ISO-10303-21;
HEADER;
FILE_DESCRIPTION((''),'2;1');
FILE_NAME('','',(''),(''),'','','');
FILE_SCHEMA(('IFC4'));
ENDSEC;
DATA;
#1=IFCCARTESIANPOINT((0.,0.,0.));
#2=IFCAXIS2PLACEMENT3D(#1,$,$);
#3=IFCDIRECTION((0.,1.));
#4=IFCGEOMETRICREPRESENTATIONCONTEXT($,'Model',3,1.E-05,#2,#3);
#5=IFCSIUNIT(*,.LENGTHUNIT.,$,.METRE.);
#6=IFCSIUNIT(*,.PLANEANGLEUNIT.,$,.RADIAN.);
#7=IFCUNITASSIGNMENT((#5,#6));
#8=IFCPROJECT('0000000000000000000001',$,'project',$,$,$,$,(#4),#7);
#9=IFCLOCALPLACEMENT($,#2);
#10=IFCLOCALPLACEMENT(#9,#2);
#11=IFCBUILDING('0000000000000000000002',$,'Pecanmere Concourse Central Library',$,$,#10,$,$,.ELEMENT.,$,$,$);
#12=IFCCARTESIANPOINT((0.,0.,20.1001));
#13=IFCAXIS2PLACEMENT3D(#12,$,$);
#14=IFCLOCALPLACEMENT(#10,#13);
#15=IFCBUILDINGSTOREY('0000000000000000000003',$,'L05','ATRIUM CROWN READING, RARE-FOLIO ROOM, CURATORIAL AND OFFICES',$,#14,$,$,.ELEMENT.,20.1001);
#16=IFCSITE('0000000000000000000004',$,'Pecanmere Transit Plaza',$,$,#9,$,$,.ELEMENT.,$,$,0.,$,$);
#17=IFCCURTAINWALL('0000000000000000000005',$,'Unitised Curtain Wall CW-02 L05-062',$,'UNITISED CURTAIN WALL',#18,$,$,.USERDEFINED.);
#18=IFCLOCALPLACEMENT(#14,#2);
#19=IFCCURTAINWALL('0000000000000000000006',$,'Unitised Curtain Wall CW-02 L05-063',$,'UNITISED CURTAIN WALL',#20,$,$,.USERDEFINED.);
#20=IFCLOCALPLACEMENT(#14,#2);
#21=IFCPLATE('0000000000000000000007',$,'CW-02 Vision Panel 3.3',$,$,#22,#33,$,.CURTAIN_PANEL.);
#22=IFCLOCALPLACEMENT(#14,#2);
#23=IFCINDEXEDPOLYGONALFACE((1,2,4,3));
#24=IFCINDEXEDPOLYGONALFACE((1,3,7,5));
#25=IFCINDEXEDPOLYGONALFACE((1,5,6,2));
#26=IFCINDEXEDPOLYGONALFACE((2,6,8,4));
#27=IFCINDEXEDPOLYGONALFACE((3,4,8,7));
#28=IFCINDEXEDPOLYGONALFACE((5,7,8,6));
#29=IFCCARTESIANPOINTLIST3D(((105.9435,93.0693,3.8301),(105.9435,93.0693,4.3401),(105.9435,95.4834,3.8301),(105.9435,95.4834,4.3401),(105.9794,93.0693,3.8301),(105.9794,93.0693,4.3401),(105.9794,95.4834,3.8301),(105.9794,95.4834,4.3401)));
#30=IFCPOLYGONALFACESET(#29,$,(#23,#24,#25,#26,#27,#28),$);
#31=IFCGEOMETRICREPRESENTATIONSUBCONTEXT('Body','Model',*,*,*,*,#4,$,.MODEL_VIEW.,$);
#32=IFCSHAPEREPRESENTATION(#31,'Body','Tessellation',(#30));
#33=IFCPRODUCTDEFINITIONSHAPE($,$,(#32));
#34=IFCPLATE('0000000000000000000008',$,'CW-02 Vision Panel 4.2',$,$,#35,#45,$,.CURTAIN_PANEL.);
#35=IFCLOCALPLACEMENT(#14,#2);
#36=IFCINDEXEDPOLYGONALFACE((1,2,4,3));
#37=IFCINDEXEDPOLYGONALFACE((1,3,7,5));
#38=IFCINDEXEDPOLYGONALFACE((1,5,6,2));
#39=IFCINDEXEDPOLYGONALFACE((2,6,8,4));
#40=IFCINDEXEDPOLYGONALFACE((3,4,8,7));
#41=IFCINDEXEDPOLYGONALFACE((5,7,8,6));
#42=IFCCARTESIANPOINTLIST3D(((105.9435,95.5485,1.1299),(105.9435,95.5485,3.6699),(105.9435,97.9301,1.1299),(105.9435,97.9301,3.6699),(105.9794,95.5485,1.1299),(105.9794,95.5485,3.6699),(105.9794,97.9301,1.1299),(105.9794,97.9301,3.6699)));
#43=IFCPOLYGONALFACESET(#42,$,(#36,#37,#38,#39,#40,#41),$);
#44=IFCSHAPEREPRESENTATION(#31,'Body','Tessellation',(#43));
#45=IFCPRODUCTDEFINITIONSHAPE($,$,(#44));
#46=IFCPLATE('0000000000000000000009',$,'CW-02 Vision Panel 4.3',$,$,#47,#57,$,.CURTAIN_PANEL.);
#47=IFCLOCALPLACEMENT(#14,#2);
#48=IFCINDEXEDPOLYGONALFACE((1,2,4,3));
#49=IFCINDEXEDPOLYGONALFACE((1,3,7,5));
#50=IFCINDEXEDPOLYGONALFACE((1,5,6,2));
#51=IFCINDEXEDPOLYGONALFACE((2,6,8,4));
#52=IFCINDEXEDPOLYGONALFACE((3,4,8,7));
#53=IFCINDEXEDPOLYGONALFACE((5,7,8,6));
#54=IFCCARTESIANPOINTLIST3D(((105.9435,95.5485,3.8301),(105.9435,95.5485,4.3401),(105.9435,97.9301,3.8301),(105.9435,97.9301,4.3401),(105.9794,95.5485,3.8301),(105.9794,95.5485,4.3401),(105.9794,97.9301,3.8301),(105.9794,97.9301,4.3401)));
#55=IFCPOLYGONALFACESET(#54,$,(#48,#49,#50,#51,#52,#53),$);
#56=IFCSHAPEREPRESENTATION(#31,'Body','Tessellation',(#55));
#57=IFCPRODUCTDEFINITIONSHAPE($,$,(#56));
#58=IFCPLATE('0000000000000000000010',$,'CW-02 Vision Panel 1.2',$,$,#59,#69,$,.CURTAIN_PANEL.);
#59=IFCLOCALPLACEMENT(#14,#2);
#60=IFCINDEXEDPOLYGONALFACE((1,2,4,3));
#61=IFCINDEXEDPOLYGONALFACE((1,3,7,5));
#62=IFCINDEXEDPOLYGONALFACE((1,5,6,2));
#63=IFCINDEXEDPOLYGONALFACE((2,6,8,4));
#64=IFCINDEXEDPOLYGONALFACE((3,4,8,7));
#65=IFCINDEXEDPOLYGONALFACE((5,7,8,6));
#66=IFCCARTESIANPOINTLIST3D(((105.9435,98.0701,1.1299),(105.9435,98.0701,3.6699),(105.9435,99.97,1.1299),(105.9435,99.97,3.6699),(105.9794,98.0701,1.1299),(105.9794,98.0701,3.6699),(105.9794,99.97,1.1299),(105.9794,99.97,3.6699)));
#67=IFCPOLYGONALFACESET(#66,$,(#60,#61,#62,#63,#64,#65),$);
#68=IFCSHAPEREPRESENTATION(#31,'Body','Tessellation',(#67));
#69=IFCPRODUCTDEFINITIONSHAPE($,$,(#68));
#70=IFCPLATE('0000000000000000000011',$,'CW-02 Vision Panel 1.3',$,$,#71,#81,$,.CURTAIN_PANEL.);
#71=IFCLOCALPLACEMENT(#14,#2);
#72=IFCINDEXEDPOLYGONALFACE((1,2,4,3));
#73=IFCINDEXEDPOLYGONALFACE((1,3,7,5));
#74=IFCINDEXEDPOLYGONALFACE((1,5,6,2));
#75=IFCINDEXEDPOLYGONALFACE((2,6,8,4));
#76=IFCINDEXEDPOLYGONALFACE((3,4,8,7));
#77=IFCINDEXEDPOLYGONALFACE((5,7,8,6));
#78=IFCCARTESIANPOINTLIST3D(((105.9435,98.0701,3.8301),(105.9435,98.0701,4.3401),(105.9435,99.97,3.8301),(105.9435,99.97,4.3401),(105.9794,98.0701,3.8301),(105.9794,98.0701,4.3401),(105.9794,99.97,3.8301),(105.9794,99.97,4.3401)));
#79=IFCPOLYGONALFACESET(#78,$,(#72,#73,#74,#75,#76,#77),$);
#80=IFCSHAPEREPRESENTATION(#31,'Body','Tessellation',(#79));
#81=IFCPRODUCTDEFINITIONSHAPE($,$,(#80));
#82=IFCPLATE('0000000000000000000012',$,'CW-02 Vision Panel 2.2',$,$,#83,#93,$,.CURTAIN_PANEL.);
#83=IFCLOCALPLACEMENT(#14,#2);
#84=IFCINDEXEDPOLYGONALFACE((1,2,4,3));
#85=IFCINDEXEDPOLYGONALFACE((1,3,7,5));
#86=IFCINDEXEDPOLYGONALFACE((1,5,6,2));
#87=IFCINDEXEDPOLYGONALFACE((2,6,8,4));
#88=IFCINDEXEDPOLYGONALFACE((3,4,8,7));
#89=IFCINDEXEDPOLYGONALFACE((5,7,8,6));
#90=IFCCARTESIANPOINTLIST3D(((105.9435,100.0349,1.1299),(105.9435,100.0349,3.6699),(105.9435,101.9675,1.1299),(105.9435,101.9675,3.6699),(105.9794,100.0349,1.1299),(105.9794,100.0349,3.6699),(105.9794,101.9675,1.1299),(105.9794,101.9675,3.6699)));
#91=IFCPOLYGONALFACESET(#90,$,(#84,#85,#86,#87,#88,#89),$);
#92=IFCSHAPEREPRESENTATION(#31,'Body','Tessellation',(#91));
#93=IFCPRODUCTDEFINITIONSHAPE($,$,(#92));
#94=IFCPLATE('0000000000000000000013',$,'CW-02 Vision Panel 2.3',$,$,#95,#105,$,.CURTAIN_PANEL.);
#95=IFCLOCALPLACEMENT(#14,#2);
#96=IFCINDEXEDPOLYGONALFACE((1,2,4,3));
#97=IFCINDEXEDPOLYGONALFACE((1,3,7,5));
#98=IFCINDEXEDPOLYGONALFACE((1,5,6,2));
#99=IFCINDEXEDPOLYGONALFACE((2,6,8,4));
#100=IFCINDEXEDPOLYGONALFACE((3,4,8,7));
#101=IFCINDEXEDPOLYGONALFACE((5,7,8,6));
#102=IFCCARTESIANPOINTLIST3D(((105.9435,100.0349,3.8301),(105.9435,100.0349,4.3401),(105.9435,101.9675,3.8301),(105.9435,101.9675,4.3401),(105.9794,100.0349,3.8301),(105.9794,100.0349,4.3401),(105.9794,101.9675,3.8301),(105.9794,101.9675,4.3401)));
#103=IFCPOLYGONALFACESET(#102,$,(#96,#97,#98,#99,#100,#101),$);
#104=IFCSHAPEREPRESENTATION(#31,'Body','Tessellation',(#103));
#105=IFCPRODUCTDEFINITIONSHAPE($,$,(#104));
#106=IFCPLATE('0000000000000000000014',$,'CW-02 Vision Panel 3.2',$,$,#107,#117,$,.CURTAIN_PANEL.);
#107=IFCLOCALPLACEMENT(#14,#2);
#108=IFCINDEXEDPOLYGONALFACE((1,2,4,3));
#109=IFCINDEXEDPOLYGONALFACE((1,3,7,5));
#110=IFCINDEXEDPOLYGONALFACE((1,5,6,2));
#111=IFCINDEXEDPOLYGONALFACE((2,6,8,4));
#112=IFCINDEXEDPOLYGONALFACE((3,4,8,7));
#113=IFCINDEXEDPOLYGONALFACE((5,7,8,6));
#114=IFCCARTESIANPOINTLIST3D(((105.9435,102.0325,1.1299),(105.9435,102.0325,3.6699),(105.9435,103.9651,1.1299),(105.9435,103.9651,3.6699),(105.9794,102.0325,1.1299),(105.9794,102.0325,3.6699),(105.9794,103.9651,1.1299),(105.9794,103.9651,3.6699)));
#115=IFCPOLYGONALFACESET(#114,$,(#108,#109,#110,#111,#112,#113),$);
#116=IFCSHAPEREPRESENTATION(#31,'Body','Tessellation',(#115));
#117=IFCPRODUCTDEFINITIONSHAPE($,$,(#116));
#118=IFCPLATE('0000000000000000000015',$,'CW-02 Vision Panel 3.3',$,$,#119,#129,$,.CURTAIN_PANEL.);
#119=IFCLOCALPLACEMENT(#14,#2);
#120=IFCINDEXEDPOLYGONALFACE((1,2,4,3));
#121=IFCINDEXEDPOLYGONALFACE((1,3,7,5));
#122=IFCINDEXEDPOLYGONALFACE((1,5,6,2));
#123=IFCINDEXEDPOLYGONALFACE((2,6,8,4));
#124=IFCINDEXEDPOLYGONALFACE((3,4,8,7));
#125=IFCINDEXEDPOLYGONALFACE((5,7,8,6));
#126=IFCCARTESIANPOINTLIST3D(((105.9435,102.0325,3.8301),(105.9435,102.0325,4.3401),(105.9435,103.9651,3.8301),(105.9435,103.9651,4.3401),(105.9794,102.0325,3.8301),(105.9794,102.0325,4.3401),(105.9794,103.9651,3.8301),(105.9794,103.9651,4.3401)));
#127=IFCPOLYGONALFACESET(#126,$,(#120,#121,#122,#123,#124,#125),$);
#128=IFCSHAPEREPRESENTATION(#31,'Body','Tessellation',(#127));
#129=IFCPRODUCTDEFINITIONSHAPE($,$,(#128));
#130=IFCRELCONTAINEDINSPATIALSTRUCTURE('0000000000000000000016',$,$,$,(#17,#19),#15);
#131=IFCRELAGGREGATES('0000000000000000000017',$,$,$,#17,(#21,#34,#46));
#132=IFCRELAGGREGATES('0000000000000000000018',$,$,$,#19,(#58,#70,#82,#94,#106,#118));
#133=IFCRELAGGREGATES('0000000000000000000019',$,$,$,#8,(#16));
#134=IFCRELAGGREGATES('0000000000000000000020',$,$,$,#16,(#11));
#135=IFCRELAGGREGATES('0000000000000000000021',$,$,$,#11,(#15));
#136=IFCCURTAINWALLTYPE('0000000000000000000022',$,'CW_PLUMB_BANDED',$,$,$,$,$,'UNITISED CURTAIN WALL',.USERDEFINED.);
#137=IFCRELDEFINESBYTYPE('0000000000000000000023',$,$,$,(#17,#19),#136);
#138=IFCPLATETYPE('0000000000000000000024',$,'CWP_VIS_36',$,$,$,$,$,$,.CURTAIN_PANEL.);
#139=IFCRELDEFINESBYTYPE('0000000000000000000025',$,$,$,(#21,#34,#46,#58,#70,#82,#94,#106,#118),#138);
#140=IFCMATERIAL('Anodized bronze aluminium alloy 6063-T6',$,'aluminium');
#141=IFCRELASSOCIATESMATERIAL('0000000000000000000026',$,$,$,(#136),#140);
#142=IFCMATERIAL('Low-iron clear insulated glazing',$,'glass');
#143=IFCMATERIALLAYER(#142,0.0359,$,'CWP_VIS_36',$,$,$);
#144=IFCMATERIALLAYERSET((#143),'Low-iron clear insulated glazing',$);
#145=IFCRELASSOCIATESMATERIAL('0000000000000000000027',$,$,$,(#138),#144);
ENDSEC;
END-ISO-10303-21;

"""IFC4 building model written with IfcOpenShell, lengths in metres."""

from ifc_helpers import new_model, si_unit, direction, frame, origin, origin_2d, place, context, subcontext, project, spatial, rectangle, extrude, material, layer, layer_set, type_object, element, aggregate, save


model = new_model("IFC4")

# Units and contexts
model_context = context("Model", 3, precision=1e-05, world=origin(), true_north=direction((0.0, 1.0)))
body_context = subcontext(model_context, "Body", "Model", "MODEL_VIEW")
ifc_project = project(units=[si_unit("LENGTHUNIT", "METRE"), si_unit("PLANEANGLEUNIT", "RADIAN")], contexts=[model_context])

# Site, building, storey
site_placement = place(None, origin())
site = spatial("IfcSite", under=ifc_project, at=site_placement, Name="Pecanmere Transit Plaza", CompositionType="ELEMENT", RefElevation=0.0)
building_placement = place(site_placement, origin())
building = spatial("IfcBuilding", under=site, at=building_placement, Name="Pecanmere Concourse Central Library", CompositionType="ELEMENT")
storey_placement = place(building_placement, frame((0.0, 0.0, 20.1001)))
storey = spatial("IfcBuildingStorey", under=building, at=storey_placement, Name="L05", Description="ATRIUM CROWN READING, RARE-FOLIO ROOM, CURATORIAL AND OFFICES", CompositionType="ELEMENT", Elevation=20.1001)

# Curtain walls
ifc_material_1 = material(Name="Anodized bronze aluminium alloy 6063-T6", Category="aluminium")
curtain_wall_type = type_object("IfcCurtainWallType", Name="CW_PLUMB_BANDED", ElementType="UNITISED CURTAIN WALL", PredefinedType="USERDEFINED", material=ifc_material_1)
curtain_wall_1_placement = place(storey_placement, origin())
curtain_wall_1 = element("IfcCurtainWall", 1, at=curtain_wall_1_placement, inside=storey, type_object=curtain_wall_type, Name="Unitised Curtain Wall CW-02 L05-062", ObjectType="UNITISED CURTAIN WALL", PredefinedType="USERDEFINED")
curtain_wall_2_placement = place(storey_placement, origin())
curtain_wall_2 = element("IfcCurtainWall", 2, at=curtain_wall_2_placement, inside=storey, type_object=curtain_wall_type, Name="Unitised Curtain Wall CW-02 L05-063", ObjectType="UNITISED CURTAIN WALL", PredefinedType="USERDEFINED")

# Plates
ifc_material_2 = material(Name="Low-iron clear insulated glazing", Category="glass")
ifc_layer_1 = layer(ifc_material_2, 0.0359, Name="CWP_VIS_36")
ifc_layer_set_1 = layer_set([ifc_layer_1], Name="Low-iron clear insulated glazing")
plate_type_1 = type_object("IfcPlateType", Name="CWP_VIS_36", PredefinedType="CURTAIN_PANEL", material=ifc_layer_set_1)
plate_1_placement = place(storey_placement, frame((105.9614, 94.2764, 3.8301), z_axis=(0.0, 0.0, 1.0), x_axis=(0.0, 1.0, 0.0)))
plate_1 = element("IfcPlate", 3, at=plate_1_placement, type_object=plate_type_1, Name="CW-02 Vision Panel 3.3", PredefinedType="CURTAIN_PANEL", context=body_context, shape_type="SweptSolid", body=[
    extrude(rectangle(XDim=2.4141, YDim=0.0359, at=origin_2d()), origin(), (0.0, 0.0, 1.0), 0.51),
])
plate_2_placement = place(storey_placement, frame((105.9614, 96.7393, 1.1299), z_axis=(0.0, 0.0, 1.0), x_axis=(0.0, 1.0, 0.0)))
plate_2 = element("IfcPlate", 4, at=plate_2_placement, type_object=plate_type_1, Name="CW-02 Vision Panel 4.2", PredefinedType="CURTAIN_PANEL", context=body_context, shape_type="SweptSolid", body=[
    extrude(rectangle(XDim=2.3816, YDim=0.0359, at=origin_2d()), origin(), (0.0, 0.0, 1.0), 2.54),
])
plate_3_placement = place(storey_placement, frame((105.9614, 96.7393, 3.8301), z_axis=(0.0, 0.0, 1.0), x_axis=(0.0, 1.0, 0.0)))
plate_3 = element("IfcPlate", 5, at=plate_3_placement, type_object=plate_type_1, Name="CW-02 Vision Panel 4.3", PredefinedType="CURTAIN_PANEL", context=body_context, shape_type="SweptSolid", body=[
    extrude(rectangle(XDim=2.3816, YDim=0.0359, at=origin_2d()), origin(), (0.0, 0.0, 1.0), 0.51),
])
aggregate(curtain_wall_1, [plate_1, plate_2, plate_3])
plate_4_placement = place(storey_placement, frame((105.9614, 99.02, 1.1299), z_axis=(0.0, 0.0, 1.0), x_axis=(0.0, 1.0, 0.0)))
plate_4 = element("IfcPlate", 6, at=plate_4_placement, type_object=plate_type_1, Name="CW-02 Vision Panel 1.2", PredefinedType="CURTAIN_PANEL", context=body_context, shape_type="SweptSolid", body=[
    extrude(rectangle(XDim=1.8999, YDim=0.0359, at=origin_2d()), origin(), (0.0, 0.0, 1.0), 2.54),
])
plate_5_placement = place(storey_placement, frame((105.9614, 99.02, 3.8301), z_axis=(0.0, 0.0, 1.0), x_axis=(0.0, 1.0, 0.0)))
plate_5 = element("IfcPlate", 7, at=plate_5_placement, type_object=plate_type_1, Name="CW-02 Vision Panel 1.3", PredefinedType="CURTAIN_PANEL", context=body_context, shape_type="SweptSolid", body=[
    extrude(rectangle(XDim=1.8999, YDim=0.0359, at=origin_2d()), origin(), (0.0, 0.0, 1.0), 0.51),
])
plate_6_placement = place(storey_placement, frame((105.9614, 101.0012, 1.1299), z_axis=(0.0, 0.0, 1.0), x_axis=(0.0, 1.0, 0.0)))
plate_6 = element("IfcPlate", 8, at=plate_6_placement, type_object=plate_type_1, Name="CW-02 Vision Panel 2.2", PredefinedType="CURTAIN_PANEL", context=body_context, shape_type="SweptSolid", body=[
    extrude(rectangle(XDim=1.9326, YDim=0.0359, at=origin_2d()), origin(), (0.0, 0.0, 1.0), 2.54),
])
plate_7_placement = place(storey_placement, frame((105.9614, 101.0012, 3.8301), z_axis=(0.0, 0.0, 1.0), x_axis=(0.0, 1.0, 0.0)))
plate_7 = element("IfcPlate", 9, at=plate_7_placement, type_object=plate_type_1, Name="CW-02 Vision Panel 2.3", PredefinedType="CURTAIN_PANEL", context=body_context, shape_type="SweptSolid", body=[
    extrude(rectangle(XDim=1.9326, YDim=0.0359, at=origin_2d()), origin(), (0.0, 0.0, 1.0), 0.51),
])
plate_8_placement = place(storey_placement, frame((105.9614, 102.9988, 1.1299), z_axis=(0.0, 0.0, 1.0), x_axis=(0.0, 1.0, 0.0)))
plate_8 = element("IfcPlate", 10, at=plate_8_placement, type_object=plate_type_1, Name="CW-02 Vision Panel 3.2", PredefinedType="CURTAIN_PANEL", context=body_context, shape_type="SweptSolid", body=[
    extrude(rectangle(XDim=1.9326, YDim=0.0359, at=origin_2d()), origin(), (0.0, 0.0, 1.0), 2.54),
])
plate_9_placement = place(storey_placement, frame((105.9614, 102.9988, 3.8301), z_axis=(0.0, 0.0, 1.0), x_axis=(0.0, 1.0, 0.0)))
plate_9 = element("IfcPlate", 11, at=plate_9_placement, type_object=plate_type_1, Name="CW-02 Vision Panel 3.3", PredefinedType="CURTAIN_PANEL", context=body_context, shape_type="SweptSolid", body=[
    extrude(rectangle(XDim=1.9326, YDim=0.0359, at=origin_2d()), origin(), (0.0, 0.0, 1.0), 0.51),
])
aggregate(curtain_wall_2, [plate_4, plate_5, plate_6, plate_7, plate_8, plate_9])

save(model, "model.ifc")
